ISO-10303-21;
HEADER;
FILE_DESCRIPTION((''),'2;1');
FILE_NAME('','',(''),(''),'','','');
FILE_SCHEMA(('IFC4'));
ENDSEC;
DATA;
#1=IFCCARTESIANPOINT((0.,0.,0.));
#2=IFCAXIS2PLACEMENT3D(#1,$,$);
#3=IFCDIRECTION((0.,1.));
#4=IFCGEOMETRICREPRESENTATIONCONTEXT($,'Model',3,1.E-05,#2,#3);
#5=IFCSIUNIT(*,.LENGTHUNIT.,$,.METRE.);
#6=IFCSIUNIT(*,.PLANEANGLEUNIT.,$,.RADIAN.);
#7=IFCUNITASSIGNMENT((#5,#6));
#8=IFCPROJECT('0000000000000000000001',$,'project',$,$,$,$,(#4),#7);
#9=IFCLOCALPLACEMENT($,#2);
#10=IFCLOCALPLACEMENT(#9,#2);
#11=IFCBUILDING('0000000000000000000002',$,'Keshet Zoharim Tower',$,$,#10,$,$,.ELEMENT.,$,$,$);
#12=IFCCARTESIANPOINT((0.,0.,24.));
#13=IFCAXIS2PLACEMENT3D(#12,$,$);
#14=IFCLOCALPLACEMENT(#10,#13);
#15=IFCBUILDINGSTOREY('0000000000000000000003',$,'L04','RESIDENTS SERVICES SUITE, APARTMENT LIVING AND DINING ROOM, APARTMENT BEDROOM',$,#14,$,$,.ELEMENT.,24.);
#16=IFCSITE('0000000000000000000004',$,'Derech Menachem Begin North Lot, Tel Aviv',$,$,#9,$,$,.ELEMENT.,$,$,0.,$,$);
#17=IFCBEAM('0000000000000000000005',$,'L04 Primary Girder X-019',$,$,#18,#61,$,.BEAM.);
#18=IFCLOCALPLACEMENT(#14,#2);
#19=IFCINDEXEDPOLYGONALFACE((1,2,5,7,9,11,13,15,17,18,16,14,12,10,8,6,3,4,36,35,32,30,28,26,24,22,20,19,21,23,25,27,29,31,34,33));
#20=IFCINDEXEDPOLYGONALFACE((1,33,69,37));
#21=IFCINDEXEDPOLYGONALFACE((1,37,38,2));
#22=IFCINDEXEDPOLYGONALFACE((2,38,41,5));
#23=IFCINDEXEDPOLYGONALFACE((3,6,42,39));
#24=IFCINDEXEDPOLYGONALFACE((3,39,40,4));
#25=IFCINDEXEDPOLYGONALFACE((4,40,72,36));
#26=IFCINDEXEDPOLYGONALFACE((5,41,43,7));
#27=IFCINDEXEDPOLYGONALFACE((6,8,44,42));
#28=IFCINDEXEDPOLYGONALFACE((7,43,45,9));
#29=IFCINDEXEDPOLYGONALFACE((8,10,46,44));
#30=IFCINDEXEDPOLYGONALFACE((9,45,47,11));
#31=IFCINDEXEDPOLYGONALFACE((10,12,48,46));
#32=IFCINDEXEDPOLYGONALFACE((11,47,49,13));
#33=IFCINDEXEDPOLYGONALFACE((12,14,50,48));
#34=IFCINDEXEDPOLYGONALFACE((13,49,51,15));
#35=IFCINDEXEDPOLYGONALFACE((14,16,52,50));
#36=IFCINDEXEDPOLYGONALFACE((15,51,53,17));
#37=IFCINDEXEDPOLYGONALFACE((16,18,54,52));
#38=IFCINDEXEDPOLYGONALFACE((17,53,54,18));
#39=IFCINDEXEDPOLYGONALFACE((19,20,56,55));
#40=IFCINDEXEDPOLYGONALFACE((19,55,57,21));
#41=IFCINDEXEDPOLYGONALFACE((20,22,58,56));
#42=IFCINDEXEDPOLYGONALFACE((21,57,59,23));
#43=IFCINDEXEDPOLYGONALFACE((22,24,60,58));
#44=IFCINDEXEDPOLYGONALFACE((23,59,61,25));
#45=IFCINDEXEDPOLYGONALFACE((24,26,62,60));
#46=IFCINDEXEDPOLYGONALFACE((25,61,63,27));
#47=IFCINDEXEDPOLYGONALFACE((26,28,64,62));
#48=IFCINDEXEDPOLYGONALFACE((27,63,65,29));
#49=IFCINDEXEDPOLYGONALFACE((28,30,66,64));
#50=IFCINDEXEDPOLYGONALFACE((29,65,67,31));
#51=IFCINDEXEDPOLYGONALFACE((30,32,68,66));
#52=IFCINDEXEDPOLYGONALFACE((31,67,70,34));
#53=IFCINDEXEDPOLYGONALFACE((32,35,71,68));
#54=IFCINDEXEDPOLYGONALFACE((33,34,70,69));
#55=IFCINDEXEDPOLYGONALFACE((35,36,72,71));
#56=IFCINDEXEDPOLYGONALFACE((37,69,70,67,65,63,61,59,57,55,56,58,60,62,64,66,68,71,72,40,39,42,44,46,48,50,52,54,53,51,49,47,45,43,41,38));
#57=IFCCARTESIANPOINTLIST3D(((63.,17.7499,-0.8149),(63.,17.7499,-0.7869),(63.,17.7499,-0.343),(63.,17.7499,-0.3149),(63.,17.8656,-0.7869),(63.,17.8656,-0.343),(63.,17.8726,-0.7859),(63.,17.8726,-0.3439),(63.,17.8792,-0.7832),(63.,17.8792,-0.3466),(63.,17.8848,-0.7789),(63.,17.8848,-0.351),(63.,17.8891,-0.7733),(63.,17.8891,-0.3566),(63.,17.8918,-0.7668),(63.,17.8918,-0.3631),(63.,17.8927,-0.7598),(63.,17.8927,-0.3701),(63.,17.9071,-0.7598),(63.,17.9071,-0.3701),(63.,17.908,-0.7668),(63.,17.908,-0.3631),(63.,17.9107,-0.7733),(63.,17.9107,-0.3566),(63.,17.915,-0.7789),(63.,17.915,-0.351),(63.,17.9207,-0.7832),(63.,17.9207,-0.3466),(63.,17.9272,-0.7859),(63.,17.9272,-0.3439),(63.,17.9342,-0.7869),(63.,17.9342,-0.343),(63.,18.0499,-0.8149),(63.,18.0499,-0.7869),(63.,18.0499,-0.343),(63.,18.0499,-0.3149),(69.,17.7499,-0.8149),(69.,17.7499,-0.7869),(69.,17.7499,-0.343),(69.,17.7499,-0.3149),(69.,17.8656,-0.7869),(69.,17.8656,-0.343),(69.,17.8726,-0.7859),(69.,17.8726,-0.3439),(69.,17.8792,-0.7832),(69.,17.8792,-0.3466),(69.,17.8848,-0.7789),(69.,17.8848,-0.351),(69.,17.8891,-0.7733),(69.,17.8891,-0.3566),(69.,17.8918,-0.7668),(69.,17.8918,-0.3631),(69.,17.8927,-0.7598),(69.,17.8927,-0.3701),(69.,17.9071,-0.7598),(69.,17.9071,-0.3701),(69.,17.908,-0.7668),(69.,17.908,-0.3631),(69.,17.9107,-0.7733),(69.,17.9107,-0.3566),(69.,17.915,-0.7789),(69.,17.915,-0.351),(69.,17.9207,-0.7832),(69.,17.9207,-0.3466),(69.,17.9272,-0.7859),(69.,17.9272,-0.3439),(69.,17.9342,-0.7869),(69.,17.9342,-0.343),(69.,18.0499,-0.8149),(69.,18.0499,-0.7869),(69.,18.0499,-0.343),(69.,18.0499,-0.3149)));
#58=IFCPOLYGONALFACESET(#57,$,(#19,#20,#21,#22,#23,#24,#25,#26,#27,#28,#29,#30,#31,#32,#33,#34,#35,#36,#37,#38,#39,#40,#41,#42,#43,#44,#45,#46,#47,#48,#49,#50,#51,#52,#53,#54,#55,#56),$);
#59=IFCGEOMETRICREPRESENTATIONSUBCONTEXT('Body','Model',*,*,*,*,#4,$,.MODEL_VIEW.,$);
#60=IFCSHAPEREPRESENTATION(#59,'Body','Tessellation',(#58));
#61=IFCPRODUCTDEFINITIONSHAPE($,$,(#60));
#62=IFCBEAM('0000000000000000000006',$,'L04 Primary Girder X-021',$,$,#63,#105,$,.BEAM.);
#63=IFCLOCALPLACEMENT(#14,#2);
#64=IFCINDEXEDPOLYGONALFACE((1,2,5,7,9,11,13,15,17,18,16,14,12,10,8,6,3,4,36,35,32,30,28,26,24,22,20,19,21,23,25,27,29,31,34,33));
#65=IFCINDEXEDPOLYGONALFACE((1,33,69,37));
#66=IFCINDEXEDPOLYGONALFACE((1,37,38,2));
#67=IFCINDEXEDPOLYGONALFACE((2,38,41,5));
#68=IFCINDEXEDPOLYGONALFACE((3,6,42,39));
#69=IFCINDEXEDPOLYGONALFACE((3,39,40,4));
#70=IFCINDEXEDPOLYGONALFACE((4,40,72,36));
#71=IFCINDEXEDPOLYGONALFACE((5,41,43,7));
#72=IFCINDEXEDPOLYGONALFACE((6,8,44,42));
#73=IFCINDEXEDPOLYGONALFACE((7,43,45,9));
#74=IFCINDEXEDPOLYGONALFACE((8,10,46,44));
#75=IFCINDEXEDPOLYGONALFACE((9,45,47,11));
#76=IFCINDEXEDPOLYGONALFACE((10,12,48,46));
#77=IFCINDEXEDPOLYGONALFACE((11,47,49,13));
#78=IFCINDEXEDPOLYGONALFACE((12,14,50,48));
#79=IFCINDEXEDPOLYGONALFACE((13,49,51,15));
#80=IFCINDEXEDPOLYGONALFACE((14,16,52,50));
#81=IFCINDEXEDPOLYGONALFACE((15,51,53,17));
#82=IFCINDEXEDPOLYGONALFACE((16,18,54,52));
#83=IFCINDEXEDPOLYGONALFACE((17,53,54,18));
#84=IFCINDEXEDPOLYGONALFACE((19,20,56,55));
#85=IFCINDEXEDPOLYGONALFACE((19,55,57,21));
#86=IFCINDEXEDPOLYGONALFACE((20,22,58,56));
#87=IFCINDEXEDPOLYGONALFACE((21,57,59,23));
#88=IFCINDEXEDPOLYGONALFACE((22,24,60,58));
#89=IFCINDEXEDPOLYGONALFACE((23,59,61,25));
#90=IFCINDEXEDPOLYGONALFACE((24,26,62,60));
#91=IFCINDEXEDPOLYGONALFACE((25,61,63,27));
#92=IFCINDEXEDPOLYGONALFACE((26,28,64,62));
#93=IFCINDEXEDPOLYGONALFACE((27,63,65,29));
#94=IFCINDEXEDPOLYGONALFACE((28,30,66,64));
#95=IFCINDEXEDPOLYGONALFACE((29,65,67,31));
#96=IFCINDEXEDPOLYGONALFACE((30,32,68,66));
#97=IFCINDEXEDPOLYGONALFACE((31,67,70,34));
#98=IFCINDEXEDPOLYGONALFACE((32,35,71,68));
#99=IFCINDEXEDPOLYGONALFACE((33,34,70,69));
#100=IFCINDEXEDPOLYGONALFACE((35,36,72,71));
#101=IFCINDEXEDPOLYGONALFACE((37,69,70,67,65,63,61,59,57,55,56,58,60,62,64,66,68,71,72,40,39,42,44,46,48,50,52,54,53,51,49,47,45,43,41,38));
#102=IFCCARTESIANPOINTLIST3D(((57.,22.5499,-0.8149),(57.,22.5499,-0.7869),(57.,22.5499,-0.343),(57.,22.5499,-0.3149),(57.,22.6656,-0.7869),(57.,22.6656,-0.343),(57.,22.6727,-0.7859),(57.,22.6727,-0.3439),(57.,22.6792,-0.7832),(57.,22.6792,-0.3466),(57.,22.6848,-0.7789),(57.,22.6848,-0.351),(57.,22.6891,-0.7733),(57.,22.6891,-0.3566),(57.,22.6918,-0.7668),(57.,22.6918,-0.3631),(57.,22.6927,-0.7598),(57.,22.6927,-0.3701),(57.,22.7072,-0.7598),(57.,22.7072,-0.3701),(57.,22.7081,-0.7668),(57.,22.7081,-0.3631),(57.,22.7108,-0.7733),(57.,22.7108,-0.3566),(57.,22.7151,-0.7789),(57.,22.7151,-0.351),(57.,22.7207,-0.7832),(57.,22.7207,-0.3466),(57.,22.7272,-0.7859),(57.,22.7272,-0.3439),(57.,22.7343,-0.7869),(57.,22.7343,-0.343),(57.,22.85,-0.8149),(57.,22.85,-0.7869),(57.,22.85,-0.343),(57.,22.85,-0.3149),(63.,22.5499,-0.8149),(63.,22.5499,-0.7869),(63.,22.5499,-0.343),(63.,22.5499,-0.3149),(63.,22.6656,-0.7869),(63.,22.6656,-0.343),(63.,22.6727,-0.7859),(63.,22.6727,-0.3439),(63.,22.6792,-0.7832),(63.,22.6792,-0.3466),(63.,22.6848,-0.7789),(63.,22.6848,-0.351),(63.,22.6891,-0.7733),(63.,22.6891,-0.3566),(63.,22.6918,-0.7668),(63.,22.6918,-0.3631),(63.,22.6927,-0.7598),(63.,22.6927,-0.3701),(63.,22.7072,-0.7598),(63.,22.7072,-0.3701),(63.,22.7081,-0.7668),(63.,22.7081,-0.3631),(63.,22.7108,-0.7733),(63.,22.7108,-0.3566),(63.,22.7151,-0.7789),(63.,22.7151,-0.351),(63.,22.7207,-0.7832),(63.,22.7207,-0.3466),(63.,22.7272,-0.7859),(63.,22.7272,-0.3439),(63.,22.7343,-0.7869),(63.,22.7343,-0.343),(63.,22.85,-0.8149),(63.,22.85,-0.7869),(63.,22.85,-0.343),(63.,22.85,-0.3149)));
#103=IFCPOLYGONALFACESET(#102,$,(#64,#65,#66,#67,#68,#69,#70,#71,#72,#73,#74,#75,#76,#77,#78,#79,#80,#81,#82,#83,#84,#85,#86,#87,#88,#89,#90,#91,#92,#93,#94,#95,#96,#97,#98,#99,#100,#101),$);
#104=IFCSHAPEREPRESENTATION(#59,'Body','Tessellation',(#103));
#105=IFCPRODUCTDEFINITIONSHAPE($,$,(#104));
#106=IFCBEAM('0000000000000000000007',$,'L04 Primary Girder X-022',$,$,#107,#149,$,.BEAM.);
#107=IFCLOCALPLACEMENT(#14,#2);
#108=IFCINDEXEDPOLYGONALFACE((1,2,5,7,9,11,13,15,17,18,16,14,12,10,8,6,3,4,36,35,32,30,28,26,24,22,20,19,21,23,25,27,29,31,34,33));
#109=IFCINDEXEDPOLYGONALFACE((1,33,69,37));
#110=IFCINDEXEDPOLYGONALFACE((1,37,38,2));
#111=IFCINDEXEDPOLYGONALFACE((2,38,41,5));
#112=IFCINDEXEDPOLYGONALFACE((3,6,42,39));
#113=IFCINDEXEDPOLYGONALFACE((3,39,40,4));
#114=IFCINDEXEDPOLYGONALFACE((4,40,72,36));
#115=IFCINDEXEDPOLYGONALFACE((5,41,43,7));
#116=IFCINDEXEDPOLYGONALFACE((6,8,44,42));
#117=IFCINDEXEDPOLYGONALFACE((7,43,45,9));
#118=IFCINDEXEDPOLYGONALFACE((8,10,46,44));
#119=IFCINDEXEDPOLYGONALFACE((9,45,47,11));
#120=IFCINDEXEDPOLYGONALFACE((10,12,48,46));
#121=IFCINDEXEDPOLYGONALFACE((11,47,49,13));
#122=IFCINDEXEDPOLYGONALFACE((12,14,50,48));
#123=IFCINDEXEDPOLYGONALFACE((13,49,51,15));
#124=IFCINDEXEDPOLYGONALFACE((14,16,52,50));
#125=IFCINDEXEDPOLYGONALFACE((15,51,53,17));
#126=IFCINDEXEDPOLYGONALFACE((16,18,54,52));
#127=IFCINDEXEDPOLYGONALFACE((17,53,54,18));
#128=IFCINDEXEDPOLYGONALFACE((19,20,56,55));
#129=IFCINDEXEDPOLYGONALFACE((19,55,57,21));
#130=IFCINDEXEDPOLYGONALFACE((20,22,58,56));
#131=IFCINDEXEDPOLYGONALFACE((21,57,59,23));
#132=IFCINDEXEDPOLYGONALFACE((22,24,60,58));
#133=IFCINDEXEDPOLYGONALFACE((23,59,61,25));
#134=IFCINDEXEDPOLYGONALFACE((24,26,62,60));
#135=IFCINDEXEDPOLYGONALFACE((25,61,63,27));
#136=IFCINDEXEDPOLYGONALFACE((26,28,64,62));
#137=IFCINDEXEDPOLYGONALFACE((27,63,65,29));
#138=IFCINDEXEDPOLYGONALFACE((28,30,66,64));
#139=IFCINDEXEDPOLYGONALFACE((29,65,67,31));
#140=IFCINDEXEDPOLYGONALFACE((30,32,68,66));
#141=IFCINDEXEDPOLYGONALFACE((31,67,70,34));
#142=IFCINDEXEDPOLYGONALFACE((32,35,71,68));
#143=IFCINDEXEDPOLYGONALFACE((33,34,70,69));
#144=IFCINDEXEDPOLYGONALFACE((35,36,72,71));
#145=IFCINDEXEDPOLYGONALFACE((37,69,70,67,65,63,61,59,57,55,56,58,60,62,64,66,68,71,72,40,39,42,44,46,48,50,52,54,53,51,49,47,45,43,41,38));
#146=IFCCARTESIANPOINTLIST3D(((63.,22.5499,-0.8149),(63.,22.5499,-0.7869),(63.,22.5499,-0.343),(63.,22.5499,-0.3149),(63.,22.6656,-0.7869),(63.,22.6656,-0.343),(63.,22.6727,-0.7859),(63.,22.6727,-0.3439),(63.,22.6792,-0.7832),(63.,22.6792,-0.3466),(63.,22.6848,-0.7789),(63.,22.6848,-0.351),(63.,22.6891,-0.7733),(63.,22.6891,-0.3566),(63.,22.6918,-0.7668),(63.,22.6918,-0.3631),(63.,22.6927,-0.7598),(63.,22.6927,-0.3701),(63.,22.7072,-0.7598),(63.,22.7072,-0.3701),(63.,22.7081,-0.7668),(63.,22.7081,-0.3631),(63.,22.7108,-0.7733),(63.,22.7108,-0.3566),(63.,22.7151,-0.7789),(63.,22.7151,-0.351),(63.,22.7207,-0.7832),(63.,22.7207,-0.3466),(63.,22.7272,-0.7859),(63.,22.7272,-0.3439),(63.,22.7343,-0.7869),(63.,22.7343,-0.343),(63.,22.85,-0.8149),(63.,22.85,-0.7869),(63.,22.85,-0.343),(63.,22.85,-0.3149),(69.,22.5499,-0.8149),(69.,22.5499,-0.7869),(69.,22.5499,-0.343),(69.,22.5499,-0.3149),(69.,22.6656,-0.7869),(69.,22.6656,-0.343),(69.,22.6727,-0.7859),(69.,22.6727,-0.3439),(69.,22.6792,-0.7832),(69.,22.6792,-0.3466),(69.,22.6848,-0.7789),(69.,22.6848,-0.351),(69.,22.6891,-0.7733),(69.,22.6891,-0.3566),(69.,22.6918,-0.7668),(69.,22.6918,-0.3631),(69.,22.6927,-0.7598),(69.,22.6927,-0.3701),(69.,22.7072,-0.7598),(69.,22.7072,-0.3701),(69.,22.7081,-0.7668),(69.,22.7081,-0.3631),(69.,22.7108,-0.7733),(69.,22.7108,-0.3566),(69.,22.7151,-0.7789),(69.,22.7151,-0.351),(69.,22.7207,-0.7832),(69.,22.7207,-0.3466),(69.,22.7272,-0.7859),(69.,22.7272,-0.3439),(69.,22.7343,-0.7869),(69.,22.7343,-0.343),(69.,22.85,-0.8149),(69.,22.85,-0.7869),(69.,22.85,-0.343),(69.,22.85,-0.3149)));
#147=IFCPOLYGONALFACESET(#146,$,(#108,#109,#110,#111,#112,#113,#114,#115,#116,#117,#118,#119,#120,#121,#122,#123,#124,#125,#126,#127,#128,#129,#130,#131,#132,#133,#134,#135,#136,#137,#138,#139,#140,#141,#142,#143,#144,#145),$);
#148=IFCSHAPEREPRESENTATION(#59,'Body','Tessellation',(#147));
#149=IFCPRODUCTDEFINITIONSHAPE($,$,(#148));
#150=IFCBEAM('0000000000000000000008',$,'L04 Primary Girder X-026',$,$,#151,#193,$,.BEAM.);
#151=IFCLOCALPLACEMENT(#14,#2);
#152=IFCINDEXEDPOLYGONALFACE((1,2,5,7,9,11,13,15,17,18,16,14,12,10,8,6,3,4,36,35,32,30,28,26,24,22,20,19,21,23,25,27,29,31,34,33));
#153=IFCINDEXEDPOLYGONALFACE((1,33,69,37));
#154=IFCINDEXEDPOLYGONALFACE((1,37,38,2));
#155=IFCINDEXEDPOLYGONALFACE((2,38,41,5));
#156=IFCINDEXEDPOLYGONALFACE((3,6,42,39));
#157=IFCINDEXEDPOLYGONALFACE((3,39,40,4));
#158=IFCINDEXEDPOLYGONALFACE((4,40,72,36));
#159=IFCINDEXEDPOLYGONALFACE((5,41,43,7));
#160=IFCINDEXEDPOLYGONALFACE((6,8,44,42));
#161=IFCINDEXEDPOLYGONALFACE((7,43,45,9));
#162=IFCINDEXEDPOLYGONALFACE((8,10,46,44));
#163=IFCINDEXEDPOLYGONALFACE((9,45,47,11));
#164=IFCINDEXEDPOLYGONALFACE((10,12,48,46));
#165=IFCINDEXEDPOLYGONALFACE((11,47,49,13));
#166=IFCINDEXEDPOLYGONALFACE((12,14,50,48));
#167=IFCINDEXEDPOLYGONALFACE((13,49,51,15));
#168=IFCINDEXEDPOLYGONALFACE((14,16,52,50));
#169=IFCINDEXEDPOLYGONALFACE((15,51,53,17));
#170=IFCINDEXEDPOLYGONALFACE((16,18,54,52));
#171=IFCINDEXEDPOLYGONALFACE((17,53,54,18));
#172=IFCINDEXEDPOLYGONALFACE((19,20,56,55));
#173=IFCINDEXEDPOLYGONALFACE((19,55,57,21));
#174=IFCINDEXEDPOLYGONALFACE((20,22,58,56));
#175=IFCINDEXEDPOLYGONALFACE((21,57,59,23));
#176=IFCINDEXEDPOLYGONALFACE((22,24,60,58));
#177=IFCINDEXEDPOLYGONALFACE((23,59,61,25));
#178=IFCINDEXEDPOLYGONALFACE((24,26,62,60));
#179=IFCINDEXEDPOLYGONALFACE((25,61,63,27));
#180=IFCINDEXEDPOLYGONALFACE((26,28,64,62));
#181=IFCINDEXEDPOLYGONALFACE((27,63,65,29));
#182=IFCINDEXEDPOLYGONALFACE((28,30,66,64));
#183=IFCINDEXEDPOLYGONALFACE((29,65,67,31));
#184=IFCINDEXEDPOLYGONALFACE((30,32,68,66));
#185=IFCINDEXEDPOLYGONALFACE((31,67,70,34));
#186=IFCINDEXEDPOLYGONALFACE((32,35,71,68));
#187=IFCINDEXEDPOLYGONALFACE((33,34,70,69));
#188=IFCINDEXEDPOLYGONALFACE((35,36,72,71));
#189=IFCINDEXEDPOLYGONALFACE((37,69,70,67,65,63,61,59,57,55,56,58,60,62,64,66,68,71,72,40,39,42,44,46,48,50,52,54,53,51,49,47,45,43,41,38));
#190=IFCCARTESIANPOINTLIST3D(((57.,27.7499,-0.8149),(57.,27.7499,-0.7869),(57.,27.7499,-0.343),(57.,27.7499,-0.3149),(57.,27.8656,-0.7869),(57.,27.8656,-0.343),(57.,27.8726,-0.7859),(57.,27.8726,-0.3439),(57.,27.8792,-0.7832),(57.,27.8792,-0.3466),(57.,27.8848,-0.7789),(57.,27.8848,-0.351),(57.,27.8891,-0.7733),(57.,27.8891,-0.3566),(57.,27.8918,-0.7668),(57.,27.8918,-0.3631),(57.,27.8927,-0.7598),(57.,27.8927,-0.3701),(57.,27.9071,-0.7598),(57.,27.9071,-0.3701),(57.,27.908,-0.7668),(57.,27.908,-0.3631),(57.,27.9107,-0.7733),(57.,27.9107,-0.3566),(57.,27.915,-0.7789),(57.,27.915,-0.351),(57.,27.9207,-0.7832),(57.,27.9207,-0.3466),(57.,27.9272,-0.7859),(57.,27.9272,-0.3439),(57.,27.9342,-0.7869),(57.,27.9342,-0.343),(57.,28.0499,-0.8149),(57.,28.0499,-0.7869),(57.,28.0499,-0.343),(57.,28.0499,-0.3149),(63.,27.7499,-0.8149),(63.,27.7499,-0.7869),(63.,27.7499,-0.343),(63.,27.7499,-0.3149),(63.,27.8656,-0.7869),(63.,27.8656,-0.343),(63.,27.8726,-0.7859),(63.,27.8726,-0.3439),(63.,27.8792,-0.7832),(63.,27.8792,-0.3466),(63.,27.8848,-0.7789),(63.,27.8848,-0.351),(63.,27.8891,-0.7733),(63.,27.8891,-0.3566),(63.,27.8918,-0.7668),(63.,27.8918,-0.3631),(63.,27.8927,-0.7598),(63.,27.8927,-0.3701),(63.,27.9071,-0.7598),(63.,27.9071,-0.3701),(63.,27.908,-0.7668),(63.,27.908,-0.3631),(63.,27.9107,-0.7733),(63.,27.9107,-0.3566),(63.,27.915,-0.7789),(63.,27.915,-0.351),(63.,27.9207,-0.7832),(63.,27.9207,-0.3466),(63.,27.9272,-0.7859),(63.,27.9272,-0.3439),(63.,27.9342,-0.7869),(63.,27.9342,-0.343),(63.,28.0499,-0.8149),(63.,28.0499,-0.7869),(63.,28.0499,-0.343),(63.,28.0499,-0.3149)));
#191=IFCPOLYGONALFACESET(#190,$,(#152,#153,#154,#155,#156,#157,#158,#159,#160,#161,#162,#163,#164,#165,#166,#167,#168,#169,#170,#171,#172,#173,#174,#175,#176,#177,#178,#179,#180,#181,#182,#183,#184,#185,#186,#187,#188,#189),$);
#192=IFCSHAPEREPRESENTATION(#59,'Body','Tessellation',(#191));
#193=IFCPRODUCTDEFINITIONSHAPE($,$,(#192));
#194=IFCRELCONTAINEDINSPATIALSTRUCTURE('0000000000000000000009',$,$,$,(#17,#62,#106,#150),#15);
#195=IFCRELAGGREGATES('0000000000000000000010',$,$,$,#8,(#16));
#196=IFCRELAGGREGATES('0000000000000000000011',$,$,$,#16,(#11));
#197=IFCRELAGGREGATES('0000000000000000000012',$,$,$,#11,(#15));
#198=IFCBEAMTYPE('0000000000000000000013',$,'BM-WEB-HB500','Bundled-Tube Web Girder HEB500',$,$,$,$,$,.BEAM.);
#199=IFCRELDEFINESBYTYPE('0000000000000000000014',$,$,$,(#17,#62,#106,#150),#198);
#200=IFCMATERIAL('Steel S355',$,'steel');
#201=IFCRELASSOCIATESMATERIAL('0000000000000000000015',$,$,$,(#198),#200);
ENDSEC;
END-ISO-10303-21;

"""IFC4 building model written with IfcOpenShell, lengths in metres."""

from ifc_helpers import new_model, si_unit, direction, frame, origin, origin_2d, place, context, subcontext, project, spatial, i_section, extrude, material, material_profile, profile_set, type_object, element, save


model = new_model("IFC4")

# Units and contexts
model_context = context("Model", 3, precision=1e-05, world=origin(), true_north=direction((0.0, 1.0)))
body_context = subcontext(model_context, "Body", "Model", "MODEL_VIEW")
ifc_project = project(units=[si_unit("LENGTHUNIT", "METRE"), si_unit("PLANEANGLEUNIT", "RADIAN")], contexts=[model_context])

# Site, building, storey
site_placement = place(None, origin())
site = spatial("IfcSite", under=ifc_project, at=site_placement, Name="Derech Menachem Begin North Lot, Tel Aviv", CompositionType="ELEMENT", RefElevation=0.0)
building_placement = place(site_placement, origin())
building = spatial("IfcBuilding", under=site, at=building_placement, Name="Keshet Zoharim Tower", CompositionType="ELEMENT")
storey_placement = place(building_placement, frame((0.0, 0.0, 24.0)))
storey = spatial("IfcBuildingStorey", under=building, at=storey_placement, Name="L04", Description="RESIDENTS SERVICES SUITE, APARTMENT LIVING AND DINING ROOM, APARTMENT BEDROOM", CompositionType="ELEMENT", Elevation=24.0)

# Shared definitions
ifc_material_1 = material(Name="Steel S355", Category="steel")

# Beams
ifc_material_profile_1 = material_profile(ifc_material_1, i_section(OverallWidth=0.3, OverallDepth=0.5, WebThickness=0.0144, FlangeThickness=0.0281, FilletRadius=0.0271, at=origin_2d()), Name="HEB500")
ifc_profile_set_1 = profile_set([ifc_material_profile_1], Name="Steel S355")
beam_type_1 = type_object("IfcBeamType", Name="BM-WEB-HB500", Description="Bundled-Tube Web Girder HEB500", PredefinedType="BEAM", material=ifc_profile_set_1)
for number, where, z_axis, x_axis, name in (
    (1, (63.0, 17.8999, -0.5649), (1.0, 0.0, 0.0), (0.0, 1.0, 0.0), "L04 Primary Girder X-019"),
    (2, (57.0, 22.7, -0.5649), (1.0, 0.0, 0.0), (0.0, 1.0, 0.0), "L04 Primary Girder X-021"),
    (3, (63.0, 22.7, -0.5649), (1.0, 0.0, 0.0), (0.0, 1.0, 0.0), "L04 Primary Girder X-022"),
    (4, (57.0, 27.8999, -0.5649), (1.0, 0.0, 0.0), (0.0, 1.0, 0.0), "L04 Primary Girder X-026"),
):
    element("IfcBeam", number, at=place(storey_placement, frame(where, z_axis=z_axis, x_axis=x_axis)), inside=storey, type_object=beam_type_1, Name=name, PredefinedType="BEAM", context=body_context, shape_type="SweptSolid", body=[
        extrude(i_section(OverallWidth=0.3, OverallDepth=0.5, WebThickness=0.0144, FlangeThickness=0.0281, FilletRadius=0.0271, at=origin_2d()), origin(), (0.0, 0.0, 1.0), 6.0),
    ])

save(model, "model.ifc")
